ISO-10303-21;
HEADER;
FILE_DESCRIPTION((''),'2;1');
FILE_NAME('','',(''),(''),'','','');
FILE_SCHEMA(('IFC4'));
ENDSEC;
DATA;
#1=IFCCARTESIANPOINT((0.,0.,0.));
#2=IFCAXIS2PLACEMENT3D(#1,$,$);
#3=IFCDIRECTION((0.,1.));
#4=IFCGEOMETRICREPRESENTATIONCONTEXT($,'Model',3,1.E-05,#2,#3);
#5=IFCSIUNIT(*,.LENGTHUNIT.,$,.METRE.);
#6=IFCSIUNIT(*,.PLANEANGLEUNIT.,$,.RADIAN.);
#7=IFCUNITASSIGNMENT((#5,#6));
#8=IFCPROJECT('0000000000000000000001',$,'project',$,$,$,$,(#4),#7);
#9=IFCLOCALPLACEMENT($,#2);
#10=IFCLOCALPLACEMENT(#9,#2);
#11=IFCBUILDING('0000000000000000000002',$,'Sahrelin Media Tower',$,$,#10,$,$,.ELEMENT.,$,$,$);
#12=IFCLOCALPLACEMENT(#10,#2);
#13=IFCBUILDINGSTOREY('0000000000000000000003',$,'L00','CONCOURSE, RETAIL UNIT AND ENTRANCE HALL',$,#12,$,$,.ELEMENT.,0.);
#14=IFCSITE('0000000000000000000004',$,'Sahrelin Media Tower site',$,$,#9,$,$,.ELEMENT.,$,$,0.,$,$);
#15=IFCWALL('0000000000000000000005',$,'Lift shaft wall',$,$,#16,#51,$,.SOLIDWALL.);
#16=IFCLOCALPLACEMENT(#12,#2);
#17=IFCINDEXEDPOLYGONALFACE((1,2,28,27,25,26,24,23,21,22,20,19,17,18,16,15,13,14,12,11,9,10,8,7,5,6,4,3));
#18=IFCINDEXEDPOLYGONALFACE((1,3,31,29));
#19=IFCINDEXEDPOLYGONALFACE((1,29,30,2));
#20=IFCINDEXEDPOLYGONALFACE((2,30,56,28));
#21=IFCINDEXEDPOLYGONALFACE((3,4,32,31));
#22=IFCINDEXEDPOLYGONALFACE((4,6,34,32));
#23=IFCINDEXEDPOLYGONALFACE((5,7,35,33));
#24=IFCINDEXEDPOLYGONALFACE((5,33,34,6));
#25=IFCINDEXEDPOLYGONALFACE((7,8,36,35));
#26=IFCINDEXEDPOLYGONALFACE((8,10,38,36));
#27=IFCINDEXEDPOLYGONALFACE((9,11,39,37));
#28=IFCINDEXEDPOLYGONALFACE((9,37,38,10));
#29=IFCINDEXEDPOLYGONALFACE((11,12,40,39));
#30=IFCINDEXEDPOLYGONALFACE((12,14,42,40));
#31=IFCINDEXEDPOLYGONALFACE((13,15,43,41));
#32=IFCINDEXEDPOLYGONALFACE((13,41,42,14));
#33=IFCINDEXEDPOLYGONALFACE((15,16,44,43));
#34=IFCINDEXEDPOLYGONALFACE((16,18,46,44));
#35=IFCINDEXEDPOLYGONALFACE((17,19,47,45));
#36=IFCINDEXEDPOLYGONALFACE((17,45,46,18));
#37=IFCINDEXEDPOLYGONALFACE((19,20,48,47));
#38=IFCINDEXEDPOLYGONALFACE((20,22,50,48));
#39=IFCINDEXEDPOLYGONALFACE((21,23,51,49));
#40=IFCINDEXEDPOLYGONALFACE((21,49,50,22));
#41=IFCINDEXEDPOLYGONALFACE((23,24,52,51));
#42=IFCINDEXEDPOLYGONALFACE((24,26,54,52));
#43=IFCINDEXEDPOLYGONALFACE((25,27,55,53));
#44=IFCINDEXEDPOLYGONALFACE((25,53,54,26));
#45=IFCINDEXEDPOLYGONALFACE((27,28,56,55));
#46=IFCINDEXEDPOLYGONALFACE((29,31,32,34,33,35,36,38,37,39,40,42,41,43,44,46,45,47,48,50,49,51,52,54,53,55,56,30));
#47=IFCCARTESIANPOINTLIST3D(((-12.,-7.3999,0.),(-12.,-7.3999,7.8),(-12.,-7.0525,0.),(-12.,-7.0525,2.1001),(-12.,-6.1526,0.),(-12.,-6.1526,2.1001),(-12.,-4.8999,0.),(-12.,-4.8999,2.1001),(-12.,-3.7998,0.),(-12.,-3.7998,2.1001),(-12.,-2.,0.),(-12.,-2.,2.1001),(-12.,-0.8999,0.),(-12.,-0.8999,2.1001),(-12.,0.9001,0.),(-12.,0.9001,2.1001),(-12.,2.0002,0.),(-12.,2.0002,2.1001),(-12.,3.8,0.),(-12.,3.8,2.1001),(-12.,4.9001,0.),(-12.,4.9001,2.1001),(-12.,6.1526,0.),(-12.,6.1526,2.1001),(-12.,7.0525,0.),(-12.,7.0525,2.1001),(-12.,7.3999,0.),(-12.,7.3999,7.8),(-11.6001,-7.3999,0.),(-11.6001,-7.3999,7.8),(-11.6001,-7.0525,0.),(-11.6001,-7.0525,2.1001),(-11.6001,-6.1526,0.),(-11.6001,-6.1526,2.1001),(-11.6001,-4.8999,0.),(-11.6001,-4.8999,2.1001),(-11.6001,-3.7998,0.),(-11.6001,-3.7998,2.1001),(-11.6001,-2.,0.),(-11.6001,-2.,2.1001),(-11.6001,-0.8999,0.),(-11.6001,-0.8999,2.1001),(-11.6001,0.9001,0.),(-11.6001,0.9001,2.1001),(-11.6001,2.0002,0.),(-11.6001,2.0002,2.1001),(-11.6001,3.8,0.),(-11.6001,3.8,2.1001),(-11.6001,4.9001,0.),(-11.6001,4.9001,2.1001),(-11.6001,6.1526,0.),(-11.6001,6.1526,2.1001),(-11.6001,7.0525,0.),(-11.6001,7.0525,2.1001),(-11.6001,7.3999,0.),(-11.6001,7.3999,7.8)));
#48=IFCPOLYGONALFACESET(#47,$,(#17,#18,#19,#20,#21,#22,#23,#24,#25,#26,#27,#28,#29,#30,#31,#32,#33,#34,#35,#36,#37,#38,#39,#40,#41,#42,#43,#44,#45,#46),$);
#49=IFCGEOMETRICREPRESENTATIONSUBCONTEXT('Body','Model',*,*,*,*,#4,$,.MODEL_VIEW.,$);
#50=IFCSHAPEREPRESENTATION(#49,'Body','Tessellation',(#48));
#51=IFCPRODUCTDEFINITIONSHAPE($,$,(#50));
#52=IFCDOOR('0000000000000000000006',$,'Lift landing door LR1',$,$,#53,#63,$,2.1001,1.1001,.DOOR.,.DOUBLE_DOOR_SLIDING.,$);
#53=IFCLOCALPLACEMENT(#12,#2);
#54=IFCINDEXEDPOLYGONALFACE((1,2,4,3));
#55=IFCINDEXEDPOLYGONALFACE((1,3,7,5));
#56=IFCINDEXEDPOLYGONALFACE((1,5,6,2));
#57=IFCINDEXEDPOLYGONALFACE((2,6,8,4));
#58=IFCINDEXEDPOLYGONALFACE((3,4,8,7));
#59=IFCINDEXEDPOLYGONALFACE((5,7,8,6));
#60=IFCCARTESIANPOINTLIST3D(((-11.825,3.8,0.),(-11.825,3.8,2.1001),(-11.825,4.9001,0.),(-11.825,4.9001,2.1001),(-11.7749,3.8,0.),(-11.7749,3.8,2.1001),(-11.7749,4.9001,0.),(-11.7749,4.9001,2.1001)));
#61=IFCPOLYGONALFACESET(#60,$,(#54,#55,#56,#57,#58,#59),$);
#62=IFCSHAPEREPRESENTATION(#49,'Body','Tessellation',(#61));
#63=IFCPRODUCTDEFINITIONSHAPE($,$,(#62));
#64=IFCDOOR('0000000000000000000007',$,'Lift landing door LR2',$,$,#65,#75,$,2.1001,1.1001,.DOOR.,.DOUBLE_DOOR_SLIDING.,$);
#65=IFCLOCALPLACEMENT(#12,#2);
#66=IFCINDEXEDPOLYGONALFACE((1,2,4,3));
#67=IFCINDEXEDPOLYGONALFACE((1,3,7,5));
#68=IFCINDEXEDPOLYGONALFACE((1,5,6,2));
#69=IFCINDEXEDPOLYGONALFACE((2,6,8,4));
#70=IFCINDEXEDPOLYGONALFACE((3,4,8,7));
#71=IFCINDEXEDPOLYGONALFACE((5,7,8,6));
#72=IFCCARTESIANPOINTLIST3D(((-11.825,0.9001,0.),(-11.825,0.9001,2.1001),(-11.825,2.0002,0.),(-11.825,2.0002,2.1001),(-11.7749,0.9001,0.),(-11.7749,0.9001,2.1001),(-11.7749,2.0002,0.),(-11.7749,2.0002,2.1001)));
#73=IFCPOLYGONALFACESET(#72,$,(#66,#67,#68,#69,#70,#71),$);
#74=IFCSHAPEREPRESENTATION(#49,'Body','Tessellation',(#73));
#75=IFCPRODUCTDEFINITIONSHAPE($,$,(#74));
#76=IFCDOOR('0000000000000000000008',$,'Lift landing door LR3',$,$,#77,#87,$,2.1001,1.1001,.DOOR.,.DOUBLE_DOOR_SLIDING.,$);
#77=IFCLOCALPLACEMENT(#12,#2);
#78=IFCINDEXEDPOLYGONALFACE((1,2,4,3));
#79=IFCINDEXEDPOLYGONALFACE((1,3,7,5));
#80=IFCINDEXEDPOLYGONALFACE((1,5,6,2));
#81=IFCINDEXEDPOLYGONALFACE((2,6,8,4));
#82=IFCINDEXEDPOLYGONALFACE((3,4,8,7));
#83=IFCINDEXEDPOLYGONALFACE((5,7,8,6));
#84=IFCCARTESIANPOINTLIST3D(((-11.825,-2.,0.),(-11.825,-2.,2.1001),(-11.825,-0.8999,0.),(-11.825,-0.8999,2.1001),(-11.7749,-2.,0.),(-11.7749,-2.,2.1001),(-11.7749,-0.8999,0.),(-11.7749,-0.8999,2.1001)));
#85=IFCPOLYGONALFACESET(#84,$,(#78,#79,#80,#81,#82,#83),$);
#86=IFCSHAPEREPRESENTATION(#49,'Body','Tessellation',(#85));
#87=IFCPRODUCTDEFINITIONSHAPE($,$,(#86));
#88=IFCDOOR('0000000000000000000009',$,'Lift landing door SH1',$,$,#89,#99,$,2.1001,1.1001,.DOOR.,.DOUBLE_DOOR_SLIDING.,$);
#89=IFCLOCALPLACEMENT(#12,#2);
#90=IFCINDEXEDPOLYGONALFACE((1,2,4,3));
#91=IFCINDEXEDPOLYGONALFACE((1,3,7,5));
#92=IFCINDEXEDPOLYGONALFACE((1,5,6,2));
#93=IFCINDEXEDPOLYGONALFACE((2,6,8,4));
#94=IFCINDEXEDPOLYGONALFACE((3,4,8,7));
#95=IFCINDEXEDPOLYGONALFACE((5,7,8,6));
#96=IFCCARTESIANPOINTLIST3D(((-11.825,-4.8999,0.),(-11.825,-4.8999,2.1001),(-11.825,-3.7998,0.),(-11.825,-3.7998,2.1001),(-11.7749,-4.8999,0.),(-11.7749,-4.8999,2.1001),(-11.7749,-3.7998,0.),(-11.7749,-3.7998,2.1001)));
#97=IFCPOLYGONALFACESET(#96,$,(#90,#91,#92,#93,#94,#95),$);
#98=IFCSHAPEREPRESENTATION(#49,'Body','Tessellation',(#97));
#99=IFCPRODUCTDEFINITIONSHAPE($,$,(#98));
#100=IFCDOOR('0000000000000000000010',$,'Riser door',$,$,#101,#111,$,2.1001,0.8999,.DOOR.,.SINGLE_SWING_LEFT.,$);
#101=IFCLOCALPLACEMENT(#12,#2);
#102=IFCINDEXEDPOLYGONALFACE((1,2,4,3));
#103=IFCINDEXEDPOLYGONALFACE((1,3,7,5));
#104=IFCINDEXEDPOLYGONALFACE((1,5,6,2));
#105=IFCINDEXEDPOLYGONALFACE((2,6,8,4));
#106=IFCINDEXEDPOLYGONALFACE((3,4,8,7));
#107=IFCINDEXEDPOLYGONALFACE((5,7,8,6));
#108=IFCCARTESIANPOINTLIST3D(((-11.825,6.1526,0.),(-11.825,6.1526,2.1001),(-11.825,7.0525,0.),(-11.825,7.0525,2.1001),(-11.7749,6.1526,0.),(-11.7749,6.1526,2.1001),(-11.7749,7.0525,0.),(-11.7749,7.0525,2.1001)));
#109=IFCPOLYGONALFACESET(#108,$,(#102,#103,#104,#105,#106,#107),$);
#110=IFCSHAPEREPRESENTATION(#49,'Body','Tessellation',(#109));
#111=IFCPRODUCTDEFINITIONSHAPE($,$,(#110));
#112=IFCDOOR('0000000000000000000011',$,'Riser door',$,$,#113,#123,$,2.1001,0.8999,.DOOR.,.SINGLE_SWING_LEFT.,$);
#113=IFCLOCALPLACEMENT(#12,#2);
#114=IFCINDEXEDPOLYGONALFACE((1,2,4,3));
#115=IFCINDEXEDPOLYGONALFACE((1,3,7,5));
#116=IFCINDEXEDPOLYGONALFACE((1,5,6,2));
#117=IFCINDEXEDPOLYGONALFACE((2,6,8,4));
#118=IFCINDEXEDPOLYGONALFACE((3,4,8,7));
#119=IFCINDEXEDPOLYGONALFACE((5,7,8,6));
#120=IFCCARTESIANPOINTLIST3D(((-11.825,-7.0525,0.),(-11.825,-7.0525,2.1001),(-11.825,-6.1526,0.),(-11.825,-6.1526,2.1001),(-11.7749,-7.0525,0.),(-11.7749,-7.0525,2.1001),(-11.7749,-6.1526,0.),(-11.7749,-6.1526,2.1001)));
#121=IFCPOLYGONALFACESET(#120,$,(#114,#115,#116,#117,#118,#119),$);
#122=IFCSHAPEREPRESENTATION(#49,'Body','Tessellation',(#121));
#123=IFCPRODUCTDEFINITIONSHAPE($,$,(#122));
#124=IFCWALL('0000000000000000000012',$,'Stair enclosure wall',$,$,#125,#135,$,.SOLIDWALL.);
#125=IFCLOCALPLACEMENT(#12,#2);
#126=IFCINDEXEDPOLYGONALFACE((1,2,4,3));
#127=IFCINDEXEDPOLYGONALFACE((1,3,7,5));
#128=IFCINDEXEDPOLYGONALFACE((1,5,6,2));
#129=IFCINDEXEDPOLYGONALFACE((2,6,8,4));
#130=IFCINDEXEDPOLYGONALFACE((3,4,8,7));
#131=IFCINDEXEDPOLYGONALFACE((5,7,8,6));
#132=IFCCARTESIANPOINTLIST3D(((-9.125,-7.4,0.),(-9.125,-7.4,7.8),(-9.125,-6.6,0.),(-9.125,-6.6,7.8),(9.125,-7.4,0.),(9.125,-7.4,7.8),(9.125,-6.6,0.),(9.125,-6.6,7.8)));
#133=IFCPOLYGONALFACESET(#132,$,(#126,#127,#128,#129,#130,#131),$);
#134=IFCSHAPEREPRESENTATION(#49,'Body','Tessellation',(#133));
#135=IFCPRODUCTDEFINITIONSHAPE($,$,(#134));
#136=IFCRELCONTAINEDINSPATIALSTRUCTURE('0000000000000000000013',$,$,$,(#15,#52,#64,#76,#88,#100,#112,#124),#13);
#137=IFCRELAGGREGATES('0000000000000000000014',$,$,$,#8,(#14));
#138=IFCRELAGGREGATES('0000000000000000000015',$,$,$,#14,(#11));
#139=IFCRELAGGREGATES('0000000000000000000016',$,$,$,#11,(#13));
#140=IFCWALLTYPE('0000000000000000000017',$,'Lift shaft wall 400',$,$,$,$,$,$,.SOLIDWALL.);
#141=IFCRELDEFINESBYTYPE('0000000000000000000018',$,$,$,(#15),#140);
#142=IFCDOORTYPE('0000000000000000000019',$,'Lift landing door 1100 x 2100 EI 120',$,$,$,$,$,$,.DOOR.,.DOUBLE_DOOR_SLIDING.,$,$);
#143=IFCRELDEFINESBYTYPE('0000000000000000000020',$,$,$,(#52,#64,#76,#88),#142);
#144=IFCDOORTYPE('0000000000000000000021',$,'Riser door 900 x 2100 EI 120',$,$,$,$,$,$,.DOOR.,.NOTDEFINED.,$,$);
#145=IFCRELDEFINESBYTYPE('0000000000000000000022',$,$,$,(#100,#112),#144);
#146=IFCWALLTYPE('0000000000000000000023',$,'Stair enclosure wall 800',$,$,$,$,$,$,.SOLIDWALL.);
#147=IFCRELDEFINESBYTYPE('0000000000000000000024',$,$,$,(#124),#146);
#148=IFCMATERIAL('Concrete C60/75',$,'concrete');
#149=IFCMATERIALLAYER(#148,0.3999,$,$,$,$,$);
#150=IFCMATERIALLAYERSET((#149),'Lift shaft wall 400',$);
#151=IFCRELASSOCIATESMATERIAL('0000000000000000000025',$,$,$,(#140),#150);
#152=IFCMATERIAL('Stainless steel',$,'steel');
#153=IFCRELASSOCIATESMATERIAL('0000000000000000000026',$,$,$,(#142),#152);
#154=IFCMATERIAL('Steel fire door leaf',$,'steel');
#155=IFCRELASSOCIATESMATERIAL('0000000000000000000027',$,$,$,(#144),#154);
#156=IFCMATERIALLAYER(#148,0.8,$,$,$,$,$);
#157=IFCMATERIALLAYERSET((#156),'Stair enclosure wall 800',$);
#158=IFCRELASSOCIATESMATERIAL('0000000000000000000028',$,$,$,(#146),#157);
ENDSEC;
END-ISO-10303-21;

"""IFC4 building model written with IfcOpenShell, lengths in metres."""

from ifc_helpers import new_model, si_unit, direction, frame, frame_2d, origin, place, context, subcontext, project, spatial, rectangle, extrude, material, layer, layer_set, type_object, element, fill, save


model = new_model("IFC4")

# Units and contexts
model_context = context("Model", 3, precision=1e-05, world=origin(), true_north=direction((0.0, 1.0)))
body_context = subcontext(model_context, "Body", "Model", "MODEL_VIEW")
ifc_project = project(units=[si_unit("LENGTHUNIT", "METRE"), si_unit("PLANEANGLEUNIT", "RADIAN")], contexts=[model_context])

# Site, building, storey
site_placement = place(None, origin())
site = spatial("IfcSite", under=ifc_project, at=site_placement, Name="Sahrelin Media Tower site", CompositionType="ELEMENT", RefElevation=0.0)
building_placement = place(site_placement, origin())
building = spatial("IfcBuilding", under=site, at=building_placement, Name="Sahrelin Media Tower", CompositionType="ELEMENT")
storey_placement = place(building_placement, origin())
storey = spatial("IfcBuildingStorey", under=building, at=storey_placement, Name="L00", Description="CONCOURSE, RETAIL UNIT AND ENTRANCE HALL", CompositionType="ELEMENT", Elevation=0.0)

# Shared definitions
ifc_material_1 = material(Name="Concrete C60/75", Category="concrete")
ifc_material_2 = material(Name="Steel fire door leaf", Category="steel")

# Wall, openings, doors
ifc_material_3 = material(Name="Stainless steel", Category="steel")
ifc_layer_1 = layer(ifc_material_1, 0.3999)
ifc_layer_set_1 = layer_set([ifc_layer_1], Name="Lift shaft wall 400")
wall_type_1 = type_object("IfcWallType", Name="Lift shaft wall 400", PredefinedType="SOLIDWALL", material=ifc_layer_set_1)
wall_1_placement = place(storey_placement, frame((-11.8, -7.3999, 0.0), z_axis=(0.0, 0.0, 1.0), x_axis=(0.0, 1.0, 0.0)))
wall_1 = element("IfcWall", 1, at=wall_1_placement, inside=storey, type_object=wall_type_1, Name="Lift shaft wall", PredefinedType="SOLIDWALL", context=body_context, shape_type="SweptSolid", body=[
    extrude(rectangle(XDim=14.7998, YDim=0.3999, at=frame_2d((7.3999, 0.0))), origin(), (0.0, 0.0, 1.0), 7.8),
])
opening_1_placement = place(wall_1_placement, frame((11.2, 0.0, 0.0)))
opening_1 = element("IfcOpeningElement", 2, at=opening_1_placement, cuts=wall_1, PredefinedType="OPENING", context=body_context, shape_type="SweptSolid", body=[
    extrude(rectangle(XDim=1.1001, YDim=2.1001, at=frame_2d((0.55, 1.05))), frame((0.0, 0.2, 0.0), z_axis=(0.0, -1.0, 0.0), x_axis=(1.0, 0.0, 0.0)), (0.0, 0.0, 1.0), 0.3999),
])
opening_2_placement = place(wall_1_placement, frame((8.3, 0.0, 0.0)))
opening_2 = element("IfcOpeningElement", 3, at=opening_2_placement, cuts=wall_1, PredefinedType="OPENING", context=body_context, shape_type="SweptSolid", body=[
    extrude(rectangle(XDim=1.1001, YDim=2.1001, at=frame_2d((0.55, 1.05))), frame((0.0, 0.2, 0.0), z_axis=(0.0, -1.0, 0.0), x_axis=(1.0, 0.0, 0.0)), (0.0, 0.0, 1.0), 0.3999),
])
opening_3_placement = place(wall_1_placement, frame((5.3999, 0.0, 0.0)))
opening_3 = element("IfcOpeningElement", 4, at=opening_3_placement, cuts=wall_1, PredefinedType="OPENING", context=body_context, shape_type="SweptSolid", body=[
    extrude(rectangle(XDim=1.1001, YDim=2.1001, at=frame_2d((0.55, 1.05))), frame((0.0, 0.2, 0.0), z_axis=(0.0, -1.0, 0.0), x_axis=(1.0, 0.0, 0.0)), (0.0, 0.0, 1.0), 0.3999),
])
opening_4_placement = place(wall_1_placement, frame((2.5, 0.0, 0.0)))
opening_4 = element("IfcOpeningElement", 5, at=opening_4_placement, cuts=wall_1, PredefinedType="OPENING", context=body_context, shape_type="SweptSolid", body=[
    extrude(rectangle(XDim=1.1001, YDim=2.1001, at=frame_2d((0.55, 1.05))), frame((0.0, 0.2, 0.0), z_axis=(0.0, -1.0, 0.0), x_axis=(1.0, 0.0, 0.0)), (0.0, 0.0, 1.0), 0.3999),
])
opening_5_placement = place(wall_1_placement, frame((13.5525, 0.0, 0.0)))
opening_5 = element("IfcOpeningElement", 6, at=opening_5_placement, cuts=wall_1, PredefinedType="OPENING", context=body_context, shape_type="SweptSolid", body=[
    extrude(rectangle(XDim=0.8999, YDim=2.1001, at=frame_2d((0.45, 1.05))), frame((0.0, 0.2, 0.0), z_axis=(0.0, -1.0, 0.0), x_axis=(1.0, 0.0, 0.0)), (0.0, 0.0, 1.0), 0.3999),
])
opening_6_placement = place(wall_1_placement, frame((0.3474, 0.0, 0.0)))
opening_6 = element("IfcOpeningElement", 7, at=opening_6_placement, cuts=wall_1, PredefinedType="OPENING", context=body_context, shape_type="SweptSolid", body=[
    extrude(rectangle(XDim=0.8999, YDim=2.1001, at=frame_2d((0.45, 1.05))), frame((0.0, 0.2, 0.0), z_axis=(0.0, -1.0, 0.0), x_axis=(1.0, 0.0, 0.0)), (0.0, 0.0, 1.0), 0.3999),
])
door_type_1 = type_object("IfcDoorType", Name="Lift landing door 1100 x 2100 EI 120", OperationType="DOUBLE_DOOR_SLIDING", PredefinedType="DOOR", material=ifc_material_3)
door_1_placement = place(opening_1_placement, origin())
door_1 = element("IfcDoor", 8, at=door_1_placement, inside=storey, type_object=door_type_1, Name="Lift landing door LR1", OperationType="DOUBLE_DOOR_SLIDING", OverallHeight=2.1001, OverallWidth=1.1001, PredefinedType="DOOR", context=body_context, shape_type="SweptSolid", body=[
    extrude(rectangle(XDim=1.1001, YDim=2.1001, at=frame_2d((0.55, 1.05))), frame((0.0, 0.0249, 0.0), z_axis=(0.0, -1.0, 0.0), x_axis=(1.0, 0.0, 0.0)), (0.0, 0.0, 1.0), 0.05),
])
fill(opening_1, door_1)
door_2_placement = place(opening_2_placement, origin())
door_2 = element("IfcDoor", 9, at=door_2_placement, inside=storey, type_object=door_type_1, Name="Lift landing door LR2", OperationType="DOUBLE_DOOR_SLIDING", OverallHeight=2.1001, OverallWidth=1.1001, PredefinedType="DOOR", context=body_context, shape_type="SweptSolid", body=[
    extrude(rectangle(XDim=1.1001, YDim=2.1001, at=frame_2d((0.55, 1.05))), frame((0.0, 0.0249, 0.0), z_axis=(0.0, -1.0, 0.0), x_axis=(1.0, 0.0, 0.0)), (0.0, 0.0, 1.0), 0.05),
])
fill(opening_2, door_2)
door_3_placement = place(opening_3_placement, origin())
door_3 = element("IfcDoor", 10, at=door_3_placement, inside=storey, type_object=door_type_1, Name="Lift landing door LR3", OperationType="DOUBLE_DOOR_SLIDING", OverallHeight=2.1001, OverallWidth=1.1001, PredefinedType="DOOR", context=body_context, shape_type="SweptSolid", body=[
    extrude(rectangle(XDim=1.1001, YDim=2.1001, at=frame_2d((0.55, 1.05))), frame((0.0, 0.0249, 0.0), z_axis=(0.0, -1.0, 0.0), x_axis=(1.0, 0.0, 0.0)), (0.0, 0.0, 1.0), 0.05),
])
fill(opening_3, door_3)
door_4_placement = place(opening_4_placement, origin())
door_4 = element("IfcDoor", 11, at=door_4_placement, inside=storey, type_object=door_type_1, Name="Lift landing door SH1", OperationType="DOUBLE_DOOR_SLIDING", OverallHeight=2.1001, OverallWidth=1.1001, PredefinedType="DOOR", context=body_context, shape_type="SweptSolid", body=[
    extrude(rectangle(XDim=1.1001, YDim=2.1001, at=frame_2d((0.55, 1.05))), frame((0.0, 0.0249, 0.0), z_axis=(0.0, -1.0, 0.0), x_axis=(1.0, 0.0, 0.0)), (0.0, 0.0, 1.0), 0.05),
])
fill(opening_4, door_4)
door_type_2 = type_object("IfcDoorType", Name="Riser door 900 x 2100 EI 120", OperationType="NOTDEFINED", PredefinedType="DOOR", material=ifc_material_2)
door_5_placement = place(opening_5_placement, origin())
door_5 = element("IfcDoor", 12, at=door_5_placement, inside=storey, type_object=door_type_2, Name="Riser door", OperationType="SINGLE_SWING_LEFT", OverallHeight=2.1001, OverallWidth=0.8999, PredefinedType="DOOR", context=body_context, shape_type="SweptSolid", body=[
    extrude(rectangle(XDim=0.8999, YDim=2.1001, at=frame_2d((0.45, 1.05))), frame((0.0, 0.0249, 0.0), z_axis=(0.0, -1.0, 0.0), x_axis=(1.0, 0.0, 0.0)), (0.0, 0.0, 1.0), 0.05),
])
fill(opening_5, door_5)
door_6_placement = place(opening_6_placement, origin())
door_6 = element("IfcDoor", 13, at=door_6_placement, inside=storey, type_object=door_type_2, Name="Riser door", OperationType="SINGLE_SWING_LEFT", OverallHeight=2.1001, OverallWidth=0.8999, PredefinedType="DOOR", context=body_context, shape_type="SweptSolid", body=[
    extrude(rectangle(XDim=0.8999, YDim=2.1001, at=frame_2d((0.45, 1.05))), frame((0.0, 0.0249, 0.0), z_axis=(0.0, -1.0, 0.0), x_axis=(1.0, 0.0, 0.0)), (0.0, 0.0, 1.0), 0.05),
])
fill(opening_6, door_6)

# Wall
ifc_layer_2 = layer(ifc_material_1, 0.8)
ifc_layer_set_2 = layer_set([ifc_layer_2], Name="Stair enclosure wall 800")
wall_type_2 = type_object("IfcWallType", Name="Stair enclosure wall 800", PredefinedType="SOLIDWALL", material=ifc_layer_set_2)
wall_2_placement = place(storey_placement, frame((-9.125, -7.0, 0.0), z_axis=(0.0, 0.0, 1.0), x_axis=(1.0, 0.0, 0.0)))
element("IfcWall", 14, at=wall_2_placement, inside=storey, type_object=wall_type_2, Name="Stair enclosure wall", PredefinedType="SOLIDWALL", context=body_context, shape_type="SweptSolid", body=[
    extrude(rectangle(XDim=18.25, YDim=0.8, at=frame_2d((9.125, 0.0))), origin(), (0.0, 0.0, 1.0), 7.8),
])

save(model, "model.ifc")
